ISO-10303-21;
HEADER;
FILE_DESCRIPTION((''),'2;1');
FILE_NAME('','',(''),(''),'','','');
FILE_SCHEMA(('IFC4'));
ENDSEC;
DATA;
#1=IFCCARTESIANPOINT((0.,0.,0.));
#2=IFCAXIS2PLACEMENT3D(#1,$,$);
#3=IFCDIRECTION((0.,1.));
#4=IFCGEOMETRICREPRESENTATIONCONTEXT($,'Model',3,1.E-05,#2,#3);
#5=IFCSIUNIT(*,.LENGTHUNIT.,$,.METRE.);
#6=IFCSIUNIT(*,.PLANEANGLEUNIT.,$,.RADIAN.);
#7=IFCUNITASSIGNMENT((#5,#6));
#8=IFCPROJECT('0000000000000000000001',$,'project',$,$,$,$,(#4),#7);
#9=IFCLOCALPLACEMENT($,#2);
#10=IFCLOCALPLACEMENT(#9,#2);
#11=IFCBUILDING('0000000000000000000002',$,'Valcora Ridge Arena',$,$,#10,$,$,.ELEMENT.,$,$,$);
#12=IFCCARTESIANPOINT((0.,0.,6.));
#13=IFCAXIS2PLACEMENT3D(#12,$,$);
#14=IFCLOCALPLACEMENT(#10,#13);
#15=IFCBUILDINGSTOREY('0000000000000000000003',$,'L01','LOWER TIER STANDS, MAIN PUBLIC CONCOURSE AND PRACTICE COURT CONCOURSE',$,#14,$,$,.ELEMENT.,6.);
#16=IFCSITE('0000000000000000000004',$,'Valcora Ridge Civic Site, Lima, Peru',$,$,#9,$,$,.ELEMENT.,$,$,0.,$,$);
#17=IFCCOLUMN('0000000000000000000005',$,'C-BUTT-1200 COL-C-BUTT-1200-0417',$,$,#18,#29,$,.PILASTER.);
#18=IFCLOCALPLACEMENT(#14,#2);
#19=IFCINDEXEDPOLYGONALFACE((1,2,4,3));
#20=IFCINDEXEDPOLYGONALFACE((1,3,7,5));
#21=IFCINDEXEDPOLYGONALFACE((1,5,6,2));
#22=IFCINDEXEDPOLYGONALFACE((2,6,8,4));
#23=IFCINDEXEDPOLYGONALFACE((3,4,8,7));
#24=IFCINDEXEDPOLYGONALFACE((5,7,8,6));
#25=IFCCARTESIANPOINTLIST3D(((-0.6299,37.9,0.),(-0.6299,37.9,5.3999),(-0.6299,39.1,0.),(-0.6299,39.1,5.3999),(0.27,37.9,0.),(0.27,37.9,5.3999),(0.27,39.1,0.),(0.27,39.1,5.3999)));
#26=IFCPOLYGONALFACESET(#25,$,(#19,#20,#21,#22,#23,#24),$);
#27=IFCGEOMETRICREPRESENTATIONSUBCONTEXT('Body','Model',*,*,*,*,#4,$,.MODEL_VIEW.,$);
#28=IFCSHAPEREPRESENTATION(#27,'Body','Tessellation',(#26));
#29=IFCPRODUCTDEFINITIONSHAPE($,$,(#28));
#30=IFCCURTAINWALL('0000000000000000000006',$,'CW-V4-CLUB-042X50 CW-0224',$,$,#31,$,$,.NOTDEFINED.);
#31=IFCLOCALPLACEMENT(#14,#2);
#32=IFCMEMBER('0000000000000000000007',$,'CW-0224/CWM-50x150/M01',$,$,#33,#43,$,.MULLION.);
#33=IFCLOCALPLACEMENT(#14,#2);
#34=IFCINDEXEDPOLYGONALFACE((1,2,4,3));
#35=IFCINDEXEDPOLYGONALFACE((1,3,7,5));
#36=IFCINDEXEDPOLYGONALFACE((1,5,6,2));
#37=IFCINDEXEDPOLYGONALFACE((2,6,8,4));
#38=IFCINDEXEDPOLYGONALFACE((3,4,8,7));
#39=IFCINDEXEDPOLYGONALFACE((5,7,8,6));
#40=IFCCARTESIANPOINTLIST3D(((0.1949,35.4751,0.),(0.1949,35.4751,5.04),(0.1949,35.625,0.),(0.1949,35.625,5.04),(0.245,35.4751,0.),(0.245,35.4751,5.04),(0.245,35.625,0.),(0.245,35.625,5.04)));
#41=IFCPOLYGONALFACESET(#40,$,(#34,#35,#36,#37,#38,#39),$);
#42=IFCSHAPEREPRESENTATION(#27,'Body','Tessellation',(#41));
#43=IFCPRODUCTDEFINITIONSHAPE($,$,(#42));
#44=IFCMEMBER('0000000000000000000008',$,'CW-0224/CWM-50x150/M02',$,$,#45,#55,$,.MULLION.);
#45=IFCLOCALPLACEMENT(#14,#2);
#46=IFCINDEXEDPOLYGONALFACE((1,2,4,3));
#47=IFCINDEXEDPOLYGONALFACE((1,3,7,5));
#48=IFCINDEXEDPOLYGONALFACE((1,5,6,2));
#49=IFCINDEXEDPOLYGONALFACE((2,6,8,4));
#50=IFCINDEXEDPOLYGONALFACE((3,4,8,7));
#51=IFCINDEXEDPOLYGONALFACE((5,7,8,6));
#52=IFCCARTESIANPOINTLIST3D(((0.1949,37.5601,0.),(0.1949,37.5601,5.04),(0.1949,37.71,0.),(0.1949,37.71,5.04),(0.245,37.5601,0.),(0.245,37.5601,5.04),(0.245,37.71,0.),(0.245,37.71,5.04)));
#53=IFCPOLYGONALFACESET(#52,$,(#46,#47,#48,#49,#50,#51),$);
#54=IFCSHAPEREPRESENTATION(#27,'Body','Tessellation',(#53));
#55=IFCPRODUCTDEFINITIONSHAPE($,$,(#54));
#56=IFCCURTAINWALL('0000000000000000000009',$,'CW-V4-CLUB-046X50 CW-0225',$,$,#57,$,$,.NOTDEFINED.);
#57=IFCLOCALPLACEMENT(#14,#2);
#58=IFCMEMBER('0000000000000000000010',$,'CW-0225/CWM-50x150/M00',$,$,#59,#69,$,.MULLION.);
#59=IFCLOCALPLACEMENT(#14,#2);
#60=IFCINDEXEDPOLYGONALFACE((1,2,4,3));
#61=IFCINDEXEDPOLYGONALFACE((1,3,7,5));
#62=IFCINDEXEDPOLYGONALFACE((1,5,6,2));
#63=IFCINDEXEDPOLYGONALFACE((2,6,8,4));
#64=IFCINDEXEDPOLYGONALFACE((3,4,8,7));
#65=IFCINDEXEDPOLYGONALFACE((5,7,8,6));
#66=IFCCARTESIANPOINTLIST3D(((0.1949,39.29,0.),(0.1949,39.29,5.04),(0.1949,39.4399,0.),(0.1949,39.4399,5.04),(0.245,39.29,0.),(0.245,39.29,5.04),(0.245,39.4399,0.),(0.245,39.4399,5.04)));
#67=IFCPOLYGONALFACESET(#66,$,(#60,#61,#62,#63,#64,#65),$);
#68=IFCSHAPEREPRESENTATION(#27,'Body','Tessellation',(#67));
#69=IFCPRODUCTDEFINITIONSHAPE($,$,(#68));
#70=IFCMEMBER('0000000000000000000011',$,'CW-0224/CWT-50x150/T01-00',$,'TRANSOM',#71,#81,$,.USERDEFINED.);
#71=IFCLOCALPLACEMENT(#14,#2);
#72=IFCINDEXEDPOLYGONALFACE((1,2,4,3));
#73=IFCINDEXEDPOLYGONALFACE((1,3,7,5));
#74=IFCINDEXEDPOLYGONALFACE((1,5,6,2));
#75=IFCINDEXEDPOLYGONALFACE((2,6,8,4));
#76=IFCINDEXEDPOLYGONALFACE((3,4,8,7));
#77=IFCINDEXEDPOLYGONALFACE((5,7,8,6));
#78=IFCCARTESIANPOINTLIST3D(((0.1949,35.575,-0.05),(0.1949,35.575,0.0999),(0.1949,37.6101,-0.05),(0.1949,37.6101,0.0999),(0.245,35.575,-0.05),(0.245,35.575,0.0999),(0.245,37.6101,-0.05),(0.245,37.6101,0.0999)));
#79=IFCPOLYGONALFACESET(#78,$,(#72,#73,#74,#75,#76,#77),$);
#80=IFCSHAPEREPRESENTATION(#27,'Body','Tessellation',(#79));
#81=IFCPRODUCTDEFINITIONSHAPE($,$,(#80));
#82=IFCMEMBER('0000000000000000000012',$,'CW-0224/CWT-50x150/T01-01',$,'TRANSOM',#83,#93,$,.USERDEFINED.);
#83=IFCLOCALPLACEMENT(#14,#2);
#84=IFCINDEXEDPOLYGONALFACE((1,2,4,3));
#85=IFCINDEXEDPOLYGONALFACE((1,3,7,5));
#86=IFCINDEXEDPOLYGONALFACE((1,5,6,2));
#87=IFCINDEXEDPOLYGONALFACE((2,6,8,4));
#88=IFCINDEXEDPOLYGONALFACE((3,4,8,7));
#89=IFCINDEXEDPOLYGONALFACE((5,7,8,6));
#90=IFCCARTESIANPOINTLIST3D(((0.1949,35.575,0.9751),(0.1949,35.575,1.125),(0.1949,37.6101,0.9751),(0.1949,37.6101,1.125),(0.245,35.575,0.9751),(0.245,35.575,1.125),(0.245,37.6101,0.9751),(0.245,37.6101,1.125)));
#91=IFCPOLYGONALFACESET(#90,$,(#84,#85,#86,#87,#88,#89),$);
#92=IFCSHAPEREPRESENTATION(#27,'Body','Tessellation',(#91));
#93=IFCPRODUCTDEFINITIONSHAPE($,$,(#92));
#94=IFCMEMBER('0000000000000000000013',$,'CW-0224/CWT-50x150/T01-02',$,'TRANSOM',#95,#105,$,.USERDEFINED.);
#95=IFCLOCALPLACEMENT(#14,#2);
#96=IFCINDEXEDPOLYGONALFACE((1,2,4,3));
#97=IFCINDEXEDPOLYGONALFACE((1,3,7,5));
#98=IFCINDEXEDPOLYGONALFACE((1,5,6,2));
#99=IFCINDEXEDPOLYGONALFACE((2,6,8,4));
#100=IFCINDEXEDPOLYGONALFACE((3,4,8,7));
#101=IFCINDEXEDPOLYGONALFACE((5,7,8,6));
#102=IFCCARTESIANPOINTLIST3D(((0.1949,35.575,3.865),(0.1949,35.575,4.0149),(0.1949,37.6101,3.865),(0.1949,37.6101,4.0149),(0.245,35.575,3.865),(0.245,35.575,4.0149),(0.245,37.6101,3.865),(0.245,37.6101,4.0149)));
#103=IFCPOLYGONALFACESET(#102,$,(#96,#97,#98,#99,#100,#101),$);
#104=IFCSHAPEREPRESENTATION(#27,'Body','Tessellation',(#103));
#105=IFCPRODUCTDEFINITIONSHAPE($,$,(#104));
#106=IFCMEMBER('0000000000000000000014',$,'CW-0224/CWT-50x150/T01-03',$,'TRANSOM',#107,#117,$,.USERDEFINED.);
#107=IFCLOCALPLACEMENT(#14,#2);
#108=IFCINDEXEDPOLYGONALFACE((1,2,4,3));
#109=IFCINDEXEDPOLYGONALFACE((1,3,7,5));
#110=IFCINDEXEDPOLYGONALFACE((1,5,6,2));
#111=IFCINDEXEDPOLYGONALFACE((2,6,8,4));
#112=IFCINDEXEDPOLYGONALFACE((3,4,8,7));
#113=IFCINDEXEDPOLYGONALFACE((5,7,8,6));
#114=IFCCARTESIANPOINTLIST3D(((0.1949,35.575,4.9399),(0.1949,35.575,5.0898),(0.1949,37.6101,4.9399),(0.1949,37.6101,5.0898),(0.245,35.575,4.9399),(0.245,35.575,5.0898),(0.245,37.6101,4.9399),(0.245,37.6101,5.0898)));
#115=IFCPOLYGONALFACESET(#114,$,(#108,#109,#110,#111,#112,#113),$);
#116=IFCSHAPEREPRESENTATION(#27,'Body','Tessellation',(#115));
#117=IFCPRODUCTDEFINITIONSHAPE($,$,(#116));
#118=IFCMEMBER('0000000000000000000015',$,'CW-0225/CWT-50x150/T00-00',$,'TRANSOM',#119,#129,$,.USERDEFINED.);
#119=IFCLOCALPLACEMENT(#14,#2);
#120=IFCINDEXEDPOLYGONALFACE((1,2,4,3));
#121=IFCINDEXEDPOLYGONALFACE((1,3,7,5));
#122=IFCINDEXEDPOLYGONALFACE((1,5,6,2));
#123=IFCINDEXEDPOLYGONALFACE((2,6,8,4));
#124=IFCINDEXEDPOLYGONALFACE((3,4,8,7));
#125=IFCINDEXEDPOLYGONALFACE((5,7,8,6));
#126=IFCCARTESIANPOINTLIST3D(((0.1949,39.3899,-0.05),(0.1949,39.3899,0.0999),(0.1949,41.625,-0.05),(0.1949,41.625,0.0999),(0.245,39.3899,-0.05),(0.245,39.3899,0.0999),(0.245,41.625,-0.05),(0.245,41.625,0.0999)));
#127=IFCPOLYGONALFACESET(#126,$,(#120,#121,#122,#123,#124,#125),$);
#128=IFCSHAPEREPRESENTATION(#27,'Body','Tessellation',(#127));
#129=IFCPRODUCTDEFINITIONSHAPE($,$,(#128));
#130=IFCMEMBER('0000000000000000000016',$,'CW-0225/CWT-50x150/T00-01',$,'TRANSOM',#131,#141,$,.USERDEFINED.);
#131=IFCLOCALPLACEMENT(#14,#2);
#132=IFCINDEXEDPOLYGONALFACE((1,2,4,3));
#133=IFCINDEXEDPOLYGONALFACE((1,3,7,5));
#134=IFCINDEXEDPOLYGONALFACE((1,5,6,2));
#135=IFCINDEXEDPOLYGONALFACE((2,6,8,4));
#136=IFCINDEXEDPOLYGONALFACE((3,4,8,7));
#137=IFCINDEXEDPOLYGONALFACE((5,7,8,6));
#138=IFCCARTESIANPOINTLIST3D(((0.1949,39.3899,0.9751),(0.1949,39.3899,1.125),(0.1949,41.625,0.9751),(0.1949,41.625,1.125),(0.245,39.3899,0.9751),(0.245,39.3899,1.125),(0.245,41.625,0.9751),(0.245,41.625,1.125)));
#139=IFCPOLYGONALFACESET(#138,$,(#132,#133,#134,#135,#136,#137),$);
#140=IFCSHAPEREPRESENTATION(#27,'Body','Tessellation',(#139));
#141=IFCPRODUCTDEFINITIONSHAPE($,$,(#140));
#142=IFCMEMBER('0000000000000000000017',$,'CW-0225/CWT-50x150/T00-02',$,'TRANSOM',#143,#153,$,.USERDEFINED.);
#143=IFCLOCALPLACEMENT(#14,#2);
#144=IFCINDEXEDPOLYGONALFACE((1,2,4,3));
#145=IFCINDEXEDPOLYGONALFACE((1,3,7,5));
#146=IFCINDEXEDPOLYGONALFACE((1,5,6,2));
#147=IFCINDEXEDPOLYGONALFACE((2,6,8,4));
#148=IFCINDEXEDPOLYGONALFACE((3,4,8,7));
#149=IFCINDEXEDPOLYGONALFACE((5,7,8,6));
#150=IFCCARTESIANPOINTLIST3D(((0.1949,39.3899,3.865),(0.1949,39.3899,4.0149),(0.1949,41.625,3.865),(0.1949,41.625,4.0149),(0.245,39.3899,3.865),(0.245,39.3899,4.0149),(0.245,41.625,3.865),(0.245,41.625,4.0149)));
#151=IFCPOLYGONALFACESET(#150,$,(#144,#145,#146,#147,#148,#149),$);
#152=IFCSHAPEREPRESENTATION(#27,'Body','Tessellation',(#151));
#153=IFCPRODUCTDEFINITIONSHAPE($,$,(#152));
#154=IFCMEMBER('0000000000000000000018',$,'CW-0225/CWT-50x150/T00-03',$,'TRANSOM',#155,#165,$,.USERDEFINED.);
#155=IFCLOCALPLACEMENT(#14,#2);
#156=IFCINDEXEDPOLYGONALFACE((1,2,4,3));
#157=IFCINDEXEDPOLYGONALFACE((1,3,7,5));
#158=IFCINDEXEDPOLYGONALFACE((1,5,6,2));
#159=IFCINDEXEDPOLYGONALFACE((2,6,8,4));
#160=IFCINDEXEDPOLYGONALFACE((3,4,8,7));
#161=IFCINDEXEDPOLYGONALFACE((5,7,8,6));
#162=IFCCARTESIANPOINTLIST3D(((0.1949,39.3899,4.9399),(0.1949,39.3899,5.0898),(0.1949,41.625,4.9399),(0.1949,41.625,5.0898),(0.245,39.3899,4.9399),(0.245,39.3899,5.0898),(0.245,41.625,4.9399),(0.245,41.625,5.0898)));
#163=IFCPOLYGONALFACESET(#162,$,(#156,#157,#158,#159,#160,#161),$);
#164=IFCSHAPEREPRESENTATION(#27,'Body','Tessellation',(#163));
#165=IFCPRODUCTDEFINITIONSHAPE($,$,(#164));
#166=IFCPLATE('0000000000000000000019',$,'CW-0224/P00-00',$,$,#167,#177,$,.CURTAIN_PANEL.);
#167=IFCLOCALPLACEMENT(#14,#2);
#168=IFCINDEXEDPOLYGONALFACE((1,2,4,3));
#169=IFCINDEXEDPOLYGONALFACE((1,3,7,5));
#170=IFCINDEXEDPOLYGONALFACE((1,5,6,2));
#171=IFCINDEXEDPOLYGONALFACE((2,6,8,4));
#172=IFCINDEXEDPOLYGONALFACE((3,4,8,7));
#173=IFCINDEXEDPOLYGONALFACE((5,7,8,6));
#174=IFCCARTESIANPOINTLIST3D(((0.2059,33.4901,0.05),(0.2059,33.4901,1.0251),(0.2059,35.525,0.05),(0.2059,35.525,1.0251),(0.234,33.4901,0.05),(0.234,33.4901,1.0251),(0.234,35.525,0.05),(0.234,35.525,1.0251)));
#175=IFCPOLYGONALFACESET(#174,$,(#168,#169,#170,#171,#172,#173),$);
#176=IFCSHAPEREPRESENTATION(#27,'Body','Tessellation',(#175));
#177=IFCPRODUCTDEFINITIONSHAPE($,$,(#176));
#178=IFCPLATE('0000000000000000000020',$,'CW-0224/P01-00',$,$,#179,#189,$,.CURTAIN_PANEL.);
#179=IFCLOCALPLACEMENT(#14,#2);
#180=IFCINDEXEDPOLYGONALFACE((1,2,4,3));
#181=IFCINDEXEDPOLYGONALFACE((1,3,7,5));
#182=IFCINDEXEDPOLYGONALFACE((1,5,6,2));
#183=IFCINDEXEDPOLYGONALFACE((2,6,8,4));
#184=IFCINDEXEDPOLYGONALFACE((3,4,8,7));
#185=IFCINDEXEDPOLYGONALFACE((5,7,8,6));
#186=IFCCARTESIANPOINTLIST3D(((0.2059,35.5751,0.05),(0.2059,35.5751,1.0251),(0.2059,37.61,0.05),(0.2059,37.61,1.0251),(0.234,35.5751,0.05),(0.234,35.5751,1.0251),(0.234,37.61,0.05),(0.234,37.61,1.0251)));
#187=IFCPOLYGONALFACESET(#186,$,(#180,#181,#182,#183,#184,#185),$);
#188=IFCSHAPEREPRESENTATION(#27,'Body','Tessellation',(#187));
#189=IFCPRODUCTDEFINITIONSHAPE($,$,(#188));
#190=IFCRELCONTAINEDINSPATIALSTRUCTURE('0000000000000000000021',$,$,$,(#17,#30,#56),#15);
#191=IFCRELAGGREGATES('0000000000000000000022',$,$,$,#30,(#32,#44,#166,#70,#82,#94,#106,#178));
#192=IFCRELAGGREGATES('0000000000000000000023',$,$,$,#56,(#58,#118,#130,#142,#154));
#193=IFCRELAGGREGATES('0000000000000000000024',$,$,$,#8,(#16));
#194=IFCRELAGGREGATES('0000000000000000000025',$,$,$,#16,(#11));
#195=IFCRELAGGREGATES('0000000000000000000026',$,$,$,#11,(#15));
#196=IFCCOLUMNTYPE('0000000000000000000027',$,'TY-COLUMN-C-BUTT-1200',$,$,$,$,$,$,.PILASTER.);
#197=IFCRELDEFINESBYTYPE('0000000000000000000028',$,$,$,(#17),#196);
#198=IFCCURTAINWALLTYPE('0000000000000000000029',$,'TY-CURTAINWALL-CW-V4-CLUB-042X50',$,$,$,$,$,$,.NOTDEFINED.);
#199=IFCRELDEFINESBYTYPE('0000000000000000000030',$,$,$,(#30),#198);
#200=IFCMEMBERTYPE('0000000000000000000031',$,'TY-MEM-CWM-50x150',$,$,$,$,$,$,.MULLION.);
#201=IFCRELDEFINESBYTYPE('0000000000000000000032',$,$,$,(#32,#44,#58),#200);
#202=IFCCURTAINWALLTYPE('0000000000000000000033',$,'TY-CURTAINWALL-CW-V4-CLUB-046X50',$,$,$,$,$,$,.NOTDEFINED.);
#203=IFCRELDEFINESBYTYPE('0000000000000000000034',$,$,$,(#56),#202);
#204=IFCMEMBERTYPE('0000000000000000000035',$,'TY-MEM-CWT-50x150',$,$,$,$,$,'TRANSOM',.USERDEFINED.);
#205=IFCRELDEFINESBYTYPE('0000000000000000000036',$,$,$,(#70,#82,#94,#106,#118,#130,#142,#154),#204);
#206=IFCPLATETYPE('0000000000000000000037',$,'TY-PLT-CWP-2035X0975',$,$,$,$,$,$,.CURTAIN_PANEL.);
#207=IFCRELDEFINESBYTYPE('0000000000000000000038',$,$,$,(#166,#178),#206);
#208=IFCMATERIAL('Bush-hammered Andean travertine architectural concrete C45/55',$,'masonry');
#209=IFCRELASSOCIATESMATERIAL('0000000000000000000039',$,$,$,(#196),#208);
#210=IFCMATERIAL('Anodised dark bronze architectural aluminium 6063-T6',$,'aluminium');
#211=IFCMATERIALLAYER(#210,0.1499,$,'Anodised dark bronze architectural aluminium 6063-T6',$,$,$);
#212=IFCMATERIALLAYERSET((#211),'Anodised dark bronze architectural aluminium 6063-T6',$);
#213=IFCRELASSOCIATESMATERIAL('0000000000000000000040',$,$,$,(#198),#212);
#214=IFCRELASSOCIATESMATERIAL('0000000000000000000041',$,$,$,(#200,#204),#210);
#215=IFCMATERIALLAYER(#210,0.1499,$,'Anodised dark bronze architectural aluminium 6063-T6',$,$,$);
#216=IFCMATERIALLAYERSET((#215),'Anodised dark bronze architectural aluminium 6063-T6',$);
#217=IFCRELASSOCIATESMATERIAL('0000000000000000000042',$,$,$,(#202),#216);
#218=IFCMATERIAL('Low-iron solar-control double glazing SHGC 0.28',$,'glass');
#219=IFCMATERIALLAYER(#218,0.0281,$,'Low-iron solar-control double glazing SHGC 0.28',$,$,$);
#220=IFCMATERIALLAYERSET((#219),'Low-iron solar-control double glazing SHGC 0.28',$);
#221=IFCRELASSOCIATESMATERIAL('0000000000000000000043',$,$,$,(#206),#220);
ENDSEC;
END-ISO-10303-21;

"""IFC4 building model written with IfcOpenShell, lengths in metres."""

from ifc_helpers import new_model, si_unit, direction, frame, origin, origin_2d, place, context, subcontext, project, spatial, rectangle, extrude, material, layer, layer_set, material_profile, profile_set, type_object, element, aggregate, save


model = new_model("IFC4")

# Units and contexts
model_context = context("Model", 3, precision=1e-05, world=origin(), true_north=direction((0.0, 1.0)))
body_context = subcontext(model_context, "Body", "Model", "MODEL_VIEW")
ifc_project = project(units=[si_unit("LENGTHUNIT", "METRE"), si_unit("PLANEANGLEUNIT", "RADIAN")], contexts=[model_context])

# Site, building, storey
site_placement = place(None, origin())
site = spatial("IfcSite", under=ifc_project, at=site_placement, Name="Valcora Ridge Civic Site, Lima, Peru", CompositionType="ELEMENT", RefElevation=0.0)
building_placement = place(site_placement, origin())
building = spatial("IfcBuilding", under=site, at=building_placement, Name="Valcora Ridge Arena", CompositionType="ELEMENT")
storey_placement = place(building_placement, frame((0.0, 0.0, 6.0)))
storey = spatial("IfcBuildingStorey", under=building, at=storey_placement, Name="L01", Description="LOWER TIER STANDS, MAIN PUBLIC CONCOURSE AND PRACTICE COURT CONCOURSE", CompositionType="ELEMENT", Elevation=6.0)

# Column
ifc_material_1 = material(Name="Bush-hammered Andean travertine architectural concrete C45/55", Category="masonry")
ifc_material_profile_1 = material_profile(ifc_material_1, rectangle(XDim=0.8999, YDim=1.2, at=origin_2d()), Name="RC 900x1200")
ifc_profile_set_1 = profile_set([ifc_material_profile_1], Name="Bush-hammered Andean travertine architectural concrete C45/55")
column_type = type_object("IfcColumnType", Name="TY-COLUMN-C-BUTT-1200", PredefinedType="PILASTER", material=ifc_profile_set_1)
column_placement = place(storey_placement, frame((-0.1799, 38.5, 0.0), z_axis=(0.0, 0.0, 1.0), x_axis=(1.0, 0.0, 0.0)))
element("IfcColumn", 1, at=column_placement, inside=storey, type_object=column_type, Name="C-BUTT-1200 COL-C-BUTT-1200-0417", PredefinedType="PILASTER", context=body_context, shape_type="SweptSolid", body=[
    extrude(rectangle(XDim=0.8999, YDim=1.2, at=origin_2d()), origin(), (0.0, 0.0, 1.0), 5.3999),
])

# Curtain wall, members
ifc_material_2 = material(Name="Anodised dark bronze architectural aluminium 6063-T6", Category="aluminium")
ifc_layer_1 = layer(ifc_material_2, 0.1499, Name="Anodised dark bronze architectural aluminium 6063-T6")
ifc_layer_set_1 = layer_set([ifc_layer_1], Name="Anodised dark bronze architectural aluminium 6063-T6")
curtain_wall_type_1 = type_object("IfcCurtainWallType", Name="TY-CURTAINWALL-CW-V4-CLUB-042X50", PredefinedType="NOTDEFINED", material=ifc_layer_set_1)
curtain_wall_1_placement = place(storey_placement, origin())
curtain_wall_1 = element("IfcCurtainWall", 2, at=curtain_wall_1_placement, inside=storey, type_object=curtain_wall_type_1, Name="CW-V4-CLUB-042X50 CW-0224", PredefinedType="NOTDEFINED")
ifc_material_profile_2 = material_profile(ifc_material_2, rectangle(XDim=0.05, YDim=0.1499, at=origin_2d()), Name="ALU MULLION 50x150")
ifc_profile_set_2 = profile_set([ifc_material_profile_2], Name="Anodised dark bronze architectural aluminium 6063-T6")
member_type_1 = type_object("IfcMemberType", Name="TY-MEM-CWM-50x150", PredefinedType="MULLION", material=ifc_profile_set_2)
member_1_placement = place(storey_placement, frame((0.22, 35.55, 0.0), z_axis=(0.0, 0.0, 1.0), x_axis=(-1.0, 0.0, 0.0)))
member_1 = element("IfcMember", 3, at=member_1_placement, type_object=member_type_1, Name="CW-0224/CWM-50x150/M01", PredefinedType="MULLION", context=body_context, shape_type="SweptSolid", body=[
    extrude(rectangle(XDim=0.05, YDim=0.1499, at=origin_2d()), origin(), (0.0, 0.0, 1.0), 5.04),
])
member_2_placement = place(storey_placement, frame((0.22, 37.635, 0.0), z_axis=(0.0, 0.0, 1.0), x_axis=(-1.0, 0.0, 0.0)))
member_2 = element("IfcMember", 4, at=member_2_placement, type_object=member_type_1, Name="CW-0224/CWM-50x150/M02", PredefinedType="MULLION", context=body_context, shape_type="SweptSolid", body=[
    extrude(rectangle(XDim=0.05, YDim=0.1499, at=origin_2d()), origin(), (0.0, 0.0, 1.0), 5.04),
])

# Curtain wall, member
ifc_layer_2 = layer(ifc_material_2, 0.1499, Name="Anodised dark bronze architectural aluminium 6063-T6")
ifc_layer_set_2 = layer_set([ifc_layer_2], Name="Anodised dark bronze architectural aluminium 6063-T6")
curtain_wall_type_2 = type_object("IfcCurtainWallType", Name="TY-CURTAINWALL-CW-V4-CLUB-046X50", PredefinedType="NOTDEFINED", material=ifc_layer_set_2)
curtain_wall_2_placement = place(storey_placement, origin())
curtain_wall_2 = element("IfcCurtainWall", 5, at=curtain_wall_2_placement, inside=storey, type_object=curtain_wall_type_2, Name="CW-V4-CLUB-046X50 CW-0225", PredefinedType="NOTDEFINED")
member_3_placement = place(storey_placement, frame((0.22, 39.365, 0.0), z_axis=(0.0, 0.0, 1.0), x_axis=(-1.0, 0.0, 0.0)))
member_3 = element("IfcMember", 6, at=member_3_placement, type_object=member_type_1, Name="CW-0225/CWM-50x150/M00", PredefinedType="MULLION", context=body_context, shape_type="SweptSolid", body=[
    extrude(rectangle(XDim=0.05, YDim=0.1499, at=origin_2d()), origin(), (0.0, 0.0, 1.0), 5.04),
])

# Members
ifc_material_profile_3 = material_profile(ifc_material_2, rectangle(XDim=0.05, YDim=0.1499, at=origin_2d()), Name="ALU TRANSOM 50x150")
ifc_profile_set_3 = profile_set([ifc_material_profile_3], Name="Anodised dark bronze architectural aluminium 6063-T6")
member_type_2 = type_object("IfcMemberType", Name="TY-MEM-CWT-50x150", ElementType="TRANSOM", PredefinedType="USERDEFINED", material=ifc_profile_set_3)
member_4_placement = place(storey_placement, frame((0.22, 35.575, 0.0249), z_axis=(0.0, 1.0, 0.0), x_axis=(-1.0, 0.0, 0.0)))
member_4 = element("IfcMember", 7, at=member_4_placement, type_object=member_type_2, Name="CW-0224/CWT-50x150/T01-00", ObjectType="TRANSOM", PredefinedType="USERDEFINED", context=body_context, shape_type="SweptSolid", body=[
    extrude(rectangle(XDim=0.05, YDim=0.1499, at=origin_2d()), origin(), (0.0, 0.0, 1.0), 2.0352),
])
member_5_placement = place(storey_placement, frame((0.22, 35.575, 1.05), z_axis=(0.0, 1.0, 0.0), x_axis=(-1.0, 0.0, 0.0)))
member_5 = element("IfcMember", 8, at=member_5_placement, type_object=member_type_2, Name="CW-0224/CWT-50x150/T01-01", ObjectType="TRANSOM", PredefinedType="USERDEFINED", context=body_context, shape_type="SweptSolid", body=[
    extrude(rectangle(XDim=0.05, YDim=0.1499, at=origin_2d()), origin(), (0.0, 0.0, 1.0), 2.0352),
])
member_6_placement = place(storey_placement, frame((0.22, 35.575, 3.9399), z_axis=(0.0, 1.0, 0.0), x_axis=(-1.0, 0.0, 0.0)))
member_6 = element("IfcMember", 9, at=member_6_placement, type_object=member_type_2, Name="CW-0224/CWT-50x150/T01-02", ObjectType="TRANSOM", PredefinedType="USERDEFINED", context=body_context, shape_type="SweptSolid", body=[
    extrude(rectangle(XDim=0.05, YDim=0.1499, at=origin_2d()), origin(), (0.0, 0.0, 1.0), 2.0352),
])
member_7_placement = place(storey_placement, frame((0.22, 35.575, 5.0149), z_axis=(0.0, 1.0, 0.0), x_axis=(-1.0, 0.0, 0.0)))
member_7 = element("IfcMember", 10, at=member_7_placement, type_object=member_type_2, Name="CW-0224/CWT-50x150/T01-03", ObjectType="TRANSOM", PredefinedType="USERDEFINED", context=body_context, shape_type="SweptSolid", body=[
    extrude(rectangle(XDim=0.05, YDim=0.1499, at=origin_2d()), origin(), (0.0, 0.0, 1.0), 2.0352),
])
member_8_placement = place(storey_placement, frame((0.22, 39.3899, 0.0249), z_axis=(0.0, 1.0, 0.0), x_axis=(-1.0, 0.0, 0.0)))
member_8 = element("IfcMember", 11, at=member_8_placement, type_object=member_type_2, Name="CW-0225/CWT-50x150/T00-00", ObjectType="TRANSOM", PredefinedType="USERDEFINED", context=body_context, shape_type="SweptSolid", body=[
    extrude(rectangle(XDim=0.05, YDim=0.1499, at=origin_2d()), origin(), (0.0, 0.0, 1.0), 2.2351),
])
member_9_placement = place(storey_placement, frame((0.22, 39.3899, 1.05), z_axis=(0.0, 1.0, 0.0), x_axis=(-1.0, 0.0, 0.0)))
member_9 = element("IfcMember", 12, at=member_9_placement, type_object=member_type_2, Name="CW-0225/CWT-50x150/T00-01", ObjectType="TRANSOM", PredefinedType="USERDEFINED", context=body_context, shape_type="SweptSolid", body=[
    extrude(rectangle(XDim=0.05, YDim=0.1499, at=origin_2d()), origin(), (0.0, 0.0, 1.0), 2.2351),
])
member_10_placement = place(storey_placement, frame((0.22, 39.3899, 3.9399), z_axis=(0.0, 1.0, 0.0), x_axis=(-1.0, 0.0, 0.0)))
member_10 = element("IfcMember", 13, at=member_10_placement, type_object=member_type_2, Name="CW-0225/CWT-50x150/T00-02", ObjectType="TRANSOM", PredefinedType="USERDEFINED", context=body_context, shape_type="SweptSolid", body=[
    extrude(rectangle(XDim=0.05, YDim=0.1499, at=origin_2d()), origin(), (0.0, 0.0, 1.0), 2.2351),
])
member_11_placement = place(storey_placement, frame((0.22, 39.3899, 5.0149), z_axis=(0.0, 1.0, 0.0), x_axis=(-1.0, 0.0, 0.0)))
member_11 = element("IfcMember", 14, at=member_11_placement, type_object=member_type_2, Name="CW-0225/CWT-50x150/T00-03", ObjectType="TRANSOM", PredefinedType="USERDEFINED", context=body_context, shape_type="SweptSolid", body=[
    extrude(rectangle(XDim=0.05, YDim=0.1499, at=origin_2d()), origin(), (0.0, 0.0, 1.0), 2.2351),
])

# Plates
ifc_material_3 = material(Name="Low-iron solar-control double glazing SHGC 0.28", Category="glass")
ifc_layer_3 = layer(ifc_material_3, 0.0281, Name="Low-iron solar-control double glazing SHGC 0.28")
ifc_layer_set_3 = layer_set([ifc_layer_3], Name="Low-iron solar-control double glazing SHGC 0.28")
plate_type_1 = type_object("IfcPlateType", Name="TY-PLT-CWP-2035X0975", PredefinedType="CURTAIN_PANEL", material=ifc_layer_set_3)
plate_1_placement = place(storey_placement, frame((0.22, 34.5076, 0.05), z_axis=(0.0, 0.0, 1.0), x_axis=(0.0, 1.0, 0.0)))
plate_1 = element("IfcPlate", 15, at=plate_1_placement, type_object=plate_type_1, Name="CW-0224/P00-00", PredefinedType="CURTAIN_PANEL", context=body_context, shape_type="SweptSolid", body=[
    extrude(rectangle(XDim=2.0349, YDim=0.0281, at=origin_2d()), origin(), (0.0, 0.0, 1.0), 0.9751),
])
plate_2_placement = place(storey_placement, frame((0.22, 36.5925, 0.05), z_axis=(0.0, 0.0, 1.0), x_axis=(0.0, 1.0, 0.0)))
plate_2 = element("IfcPlate", 16, at=plate_2_placement, type_object=plate_type_1, Name="CW-0224/P01-00", PredefinedType="CURTAIN_PANEL", context=body_context, shape_type="SweptSolid", body=[
    extrude(rectangle(XDim=2.0349, YDim=0.0281, at=origin_2d()), origin(), (0.0, 0.0, 1.0), 0.9751),
])
aggregate(curtain_wall_1, [member_1, member_2, plate_1, member_4, member_5, member_6, member_7, plate_2])
aggregate(curtain_wall_2, [member_3, member_8, member_9, member_10, member_11])

save(model, "model.ifc")
